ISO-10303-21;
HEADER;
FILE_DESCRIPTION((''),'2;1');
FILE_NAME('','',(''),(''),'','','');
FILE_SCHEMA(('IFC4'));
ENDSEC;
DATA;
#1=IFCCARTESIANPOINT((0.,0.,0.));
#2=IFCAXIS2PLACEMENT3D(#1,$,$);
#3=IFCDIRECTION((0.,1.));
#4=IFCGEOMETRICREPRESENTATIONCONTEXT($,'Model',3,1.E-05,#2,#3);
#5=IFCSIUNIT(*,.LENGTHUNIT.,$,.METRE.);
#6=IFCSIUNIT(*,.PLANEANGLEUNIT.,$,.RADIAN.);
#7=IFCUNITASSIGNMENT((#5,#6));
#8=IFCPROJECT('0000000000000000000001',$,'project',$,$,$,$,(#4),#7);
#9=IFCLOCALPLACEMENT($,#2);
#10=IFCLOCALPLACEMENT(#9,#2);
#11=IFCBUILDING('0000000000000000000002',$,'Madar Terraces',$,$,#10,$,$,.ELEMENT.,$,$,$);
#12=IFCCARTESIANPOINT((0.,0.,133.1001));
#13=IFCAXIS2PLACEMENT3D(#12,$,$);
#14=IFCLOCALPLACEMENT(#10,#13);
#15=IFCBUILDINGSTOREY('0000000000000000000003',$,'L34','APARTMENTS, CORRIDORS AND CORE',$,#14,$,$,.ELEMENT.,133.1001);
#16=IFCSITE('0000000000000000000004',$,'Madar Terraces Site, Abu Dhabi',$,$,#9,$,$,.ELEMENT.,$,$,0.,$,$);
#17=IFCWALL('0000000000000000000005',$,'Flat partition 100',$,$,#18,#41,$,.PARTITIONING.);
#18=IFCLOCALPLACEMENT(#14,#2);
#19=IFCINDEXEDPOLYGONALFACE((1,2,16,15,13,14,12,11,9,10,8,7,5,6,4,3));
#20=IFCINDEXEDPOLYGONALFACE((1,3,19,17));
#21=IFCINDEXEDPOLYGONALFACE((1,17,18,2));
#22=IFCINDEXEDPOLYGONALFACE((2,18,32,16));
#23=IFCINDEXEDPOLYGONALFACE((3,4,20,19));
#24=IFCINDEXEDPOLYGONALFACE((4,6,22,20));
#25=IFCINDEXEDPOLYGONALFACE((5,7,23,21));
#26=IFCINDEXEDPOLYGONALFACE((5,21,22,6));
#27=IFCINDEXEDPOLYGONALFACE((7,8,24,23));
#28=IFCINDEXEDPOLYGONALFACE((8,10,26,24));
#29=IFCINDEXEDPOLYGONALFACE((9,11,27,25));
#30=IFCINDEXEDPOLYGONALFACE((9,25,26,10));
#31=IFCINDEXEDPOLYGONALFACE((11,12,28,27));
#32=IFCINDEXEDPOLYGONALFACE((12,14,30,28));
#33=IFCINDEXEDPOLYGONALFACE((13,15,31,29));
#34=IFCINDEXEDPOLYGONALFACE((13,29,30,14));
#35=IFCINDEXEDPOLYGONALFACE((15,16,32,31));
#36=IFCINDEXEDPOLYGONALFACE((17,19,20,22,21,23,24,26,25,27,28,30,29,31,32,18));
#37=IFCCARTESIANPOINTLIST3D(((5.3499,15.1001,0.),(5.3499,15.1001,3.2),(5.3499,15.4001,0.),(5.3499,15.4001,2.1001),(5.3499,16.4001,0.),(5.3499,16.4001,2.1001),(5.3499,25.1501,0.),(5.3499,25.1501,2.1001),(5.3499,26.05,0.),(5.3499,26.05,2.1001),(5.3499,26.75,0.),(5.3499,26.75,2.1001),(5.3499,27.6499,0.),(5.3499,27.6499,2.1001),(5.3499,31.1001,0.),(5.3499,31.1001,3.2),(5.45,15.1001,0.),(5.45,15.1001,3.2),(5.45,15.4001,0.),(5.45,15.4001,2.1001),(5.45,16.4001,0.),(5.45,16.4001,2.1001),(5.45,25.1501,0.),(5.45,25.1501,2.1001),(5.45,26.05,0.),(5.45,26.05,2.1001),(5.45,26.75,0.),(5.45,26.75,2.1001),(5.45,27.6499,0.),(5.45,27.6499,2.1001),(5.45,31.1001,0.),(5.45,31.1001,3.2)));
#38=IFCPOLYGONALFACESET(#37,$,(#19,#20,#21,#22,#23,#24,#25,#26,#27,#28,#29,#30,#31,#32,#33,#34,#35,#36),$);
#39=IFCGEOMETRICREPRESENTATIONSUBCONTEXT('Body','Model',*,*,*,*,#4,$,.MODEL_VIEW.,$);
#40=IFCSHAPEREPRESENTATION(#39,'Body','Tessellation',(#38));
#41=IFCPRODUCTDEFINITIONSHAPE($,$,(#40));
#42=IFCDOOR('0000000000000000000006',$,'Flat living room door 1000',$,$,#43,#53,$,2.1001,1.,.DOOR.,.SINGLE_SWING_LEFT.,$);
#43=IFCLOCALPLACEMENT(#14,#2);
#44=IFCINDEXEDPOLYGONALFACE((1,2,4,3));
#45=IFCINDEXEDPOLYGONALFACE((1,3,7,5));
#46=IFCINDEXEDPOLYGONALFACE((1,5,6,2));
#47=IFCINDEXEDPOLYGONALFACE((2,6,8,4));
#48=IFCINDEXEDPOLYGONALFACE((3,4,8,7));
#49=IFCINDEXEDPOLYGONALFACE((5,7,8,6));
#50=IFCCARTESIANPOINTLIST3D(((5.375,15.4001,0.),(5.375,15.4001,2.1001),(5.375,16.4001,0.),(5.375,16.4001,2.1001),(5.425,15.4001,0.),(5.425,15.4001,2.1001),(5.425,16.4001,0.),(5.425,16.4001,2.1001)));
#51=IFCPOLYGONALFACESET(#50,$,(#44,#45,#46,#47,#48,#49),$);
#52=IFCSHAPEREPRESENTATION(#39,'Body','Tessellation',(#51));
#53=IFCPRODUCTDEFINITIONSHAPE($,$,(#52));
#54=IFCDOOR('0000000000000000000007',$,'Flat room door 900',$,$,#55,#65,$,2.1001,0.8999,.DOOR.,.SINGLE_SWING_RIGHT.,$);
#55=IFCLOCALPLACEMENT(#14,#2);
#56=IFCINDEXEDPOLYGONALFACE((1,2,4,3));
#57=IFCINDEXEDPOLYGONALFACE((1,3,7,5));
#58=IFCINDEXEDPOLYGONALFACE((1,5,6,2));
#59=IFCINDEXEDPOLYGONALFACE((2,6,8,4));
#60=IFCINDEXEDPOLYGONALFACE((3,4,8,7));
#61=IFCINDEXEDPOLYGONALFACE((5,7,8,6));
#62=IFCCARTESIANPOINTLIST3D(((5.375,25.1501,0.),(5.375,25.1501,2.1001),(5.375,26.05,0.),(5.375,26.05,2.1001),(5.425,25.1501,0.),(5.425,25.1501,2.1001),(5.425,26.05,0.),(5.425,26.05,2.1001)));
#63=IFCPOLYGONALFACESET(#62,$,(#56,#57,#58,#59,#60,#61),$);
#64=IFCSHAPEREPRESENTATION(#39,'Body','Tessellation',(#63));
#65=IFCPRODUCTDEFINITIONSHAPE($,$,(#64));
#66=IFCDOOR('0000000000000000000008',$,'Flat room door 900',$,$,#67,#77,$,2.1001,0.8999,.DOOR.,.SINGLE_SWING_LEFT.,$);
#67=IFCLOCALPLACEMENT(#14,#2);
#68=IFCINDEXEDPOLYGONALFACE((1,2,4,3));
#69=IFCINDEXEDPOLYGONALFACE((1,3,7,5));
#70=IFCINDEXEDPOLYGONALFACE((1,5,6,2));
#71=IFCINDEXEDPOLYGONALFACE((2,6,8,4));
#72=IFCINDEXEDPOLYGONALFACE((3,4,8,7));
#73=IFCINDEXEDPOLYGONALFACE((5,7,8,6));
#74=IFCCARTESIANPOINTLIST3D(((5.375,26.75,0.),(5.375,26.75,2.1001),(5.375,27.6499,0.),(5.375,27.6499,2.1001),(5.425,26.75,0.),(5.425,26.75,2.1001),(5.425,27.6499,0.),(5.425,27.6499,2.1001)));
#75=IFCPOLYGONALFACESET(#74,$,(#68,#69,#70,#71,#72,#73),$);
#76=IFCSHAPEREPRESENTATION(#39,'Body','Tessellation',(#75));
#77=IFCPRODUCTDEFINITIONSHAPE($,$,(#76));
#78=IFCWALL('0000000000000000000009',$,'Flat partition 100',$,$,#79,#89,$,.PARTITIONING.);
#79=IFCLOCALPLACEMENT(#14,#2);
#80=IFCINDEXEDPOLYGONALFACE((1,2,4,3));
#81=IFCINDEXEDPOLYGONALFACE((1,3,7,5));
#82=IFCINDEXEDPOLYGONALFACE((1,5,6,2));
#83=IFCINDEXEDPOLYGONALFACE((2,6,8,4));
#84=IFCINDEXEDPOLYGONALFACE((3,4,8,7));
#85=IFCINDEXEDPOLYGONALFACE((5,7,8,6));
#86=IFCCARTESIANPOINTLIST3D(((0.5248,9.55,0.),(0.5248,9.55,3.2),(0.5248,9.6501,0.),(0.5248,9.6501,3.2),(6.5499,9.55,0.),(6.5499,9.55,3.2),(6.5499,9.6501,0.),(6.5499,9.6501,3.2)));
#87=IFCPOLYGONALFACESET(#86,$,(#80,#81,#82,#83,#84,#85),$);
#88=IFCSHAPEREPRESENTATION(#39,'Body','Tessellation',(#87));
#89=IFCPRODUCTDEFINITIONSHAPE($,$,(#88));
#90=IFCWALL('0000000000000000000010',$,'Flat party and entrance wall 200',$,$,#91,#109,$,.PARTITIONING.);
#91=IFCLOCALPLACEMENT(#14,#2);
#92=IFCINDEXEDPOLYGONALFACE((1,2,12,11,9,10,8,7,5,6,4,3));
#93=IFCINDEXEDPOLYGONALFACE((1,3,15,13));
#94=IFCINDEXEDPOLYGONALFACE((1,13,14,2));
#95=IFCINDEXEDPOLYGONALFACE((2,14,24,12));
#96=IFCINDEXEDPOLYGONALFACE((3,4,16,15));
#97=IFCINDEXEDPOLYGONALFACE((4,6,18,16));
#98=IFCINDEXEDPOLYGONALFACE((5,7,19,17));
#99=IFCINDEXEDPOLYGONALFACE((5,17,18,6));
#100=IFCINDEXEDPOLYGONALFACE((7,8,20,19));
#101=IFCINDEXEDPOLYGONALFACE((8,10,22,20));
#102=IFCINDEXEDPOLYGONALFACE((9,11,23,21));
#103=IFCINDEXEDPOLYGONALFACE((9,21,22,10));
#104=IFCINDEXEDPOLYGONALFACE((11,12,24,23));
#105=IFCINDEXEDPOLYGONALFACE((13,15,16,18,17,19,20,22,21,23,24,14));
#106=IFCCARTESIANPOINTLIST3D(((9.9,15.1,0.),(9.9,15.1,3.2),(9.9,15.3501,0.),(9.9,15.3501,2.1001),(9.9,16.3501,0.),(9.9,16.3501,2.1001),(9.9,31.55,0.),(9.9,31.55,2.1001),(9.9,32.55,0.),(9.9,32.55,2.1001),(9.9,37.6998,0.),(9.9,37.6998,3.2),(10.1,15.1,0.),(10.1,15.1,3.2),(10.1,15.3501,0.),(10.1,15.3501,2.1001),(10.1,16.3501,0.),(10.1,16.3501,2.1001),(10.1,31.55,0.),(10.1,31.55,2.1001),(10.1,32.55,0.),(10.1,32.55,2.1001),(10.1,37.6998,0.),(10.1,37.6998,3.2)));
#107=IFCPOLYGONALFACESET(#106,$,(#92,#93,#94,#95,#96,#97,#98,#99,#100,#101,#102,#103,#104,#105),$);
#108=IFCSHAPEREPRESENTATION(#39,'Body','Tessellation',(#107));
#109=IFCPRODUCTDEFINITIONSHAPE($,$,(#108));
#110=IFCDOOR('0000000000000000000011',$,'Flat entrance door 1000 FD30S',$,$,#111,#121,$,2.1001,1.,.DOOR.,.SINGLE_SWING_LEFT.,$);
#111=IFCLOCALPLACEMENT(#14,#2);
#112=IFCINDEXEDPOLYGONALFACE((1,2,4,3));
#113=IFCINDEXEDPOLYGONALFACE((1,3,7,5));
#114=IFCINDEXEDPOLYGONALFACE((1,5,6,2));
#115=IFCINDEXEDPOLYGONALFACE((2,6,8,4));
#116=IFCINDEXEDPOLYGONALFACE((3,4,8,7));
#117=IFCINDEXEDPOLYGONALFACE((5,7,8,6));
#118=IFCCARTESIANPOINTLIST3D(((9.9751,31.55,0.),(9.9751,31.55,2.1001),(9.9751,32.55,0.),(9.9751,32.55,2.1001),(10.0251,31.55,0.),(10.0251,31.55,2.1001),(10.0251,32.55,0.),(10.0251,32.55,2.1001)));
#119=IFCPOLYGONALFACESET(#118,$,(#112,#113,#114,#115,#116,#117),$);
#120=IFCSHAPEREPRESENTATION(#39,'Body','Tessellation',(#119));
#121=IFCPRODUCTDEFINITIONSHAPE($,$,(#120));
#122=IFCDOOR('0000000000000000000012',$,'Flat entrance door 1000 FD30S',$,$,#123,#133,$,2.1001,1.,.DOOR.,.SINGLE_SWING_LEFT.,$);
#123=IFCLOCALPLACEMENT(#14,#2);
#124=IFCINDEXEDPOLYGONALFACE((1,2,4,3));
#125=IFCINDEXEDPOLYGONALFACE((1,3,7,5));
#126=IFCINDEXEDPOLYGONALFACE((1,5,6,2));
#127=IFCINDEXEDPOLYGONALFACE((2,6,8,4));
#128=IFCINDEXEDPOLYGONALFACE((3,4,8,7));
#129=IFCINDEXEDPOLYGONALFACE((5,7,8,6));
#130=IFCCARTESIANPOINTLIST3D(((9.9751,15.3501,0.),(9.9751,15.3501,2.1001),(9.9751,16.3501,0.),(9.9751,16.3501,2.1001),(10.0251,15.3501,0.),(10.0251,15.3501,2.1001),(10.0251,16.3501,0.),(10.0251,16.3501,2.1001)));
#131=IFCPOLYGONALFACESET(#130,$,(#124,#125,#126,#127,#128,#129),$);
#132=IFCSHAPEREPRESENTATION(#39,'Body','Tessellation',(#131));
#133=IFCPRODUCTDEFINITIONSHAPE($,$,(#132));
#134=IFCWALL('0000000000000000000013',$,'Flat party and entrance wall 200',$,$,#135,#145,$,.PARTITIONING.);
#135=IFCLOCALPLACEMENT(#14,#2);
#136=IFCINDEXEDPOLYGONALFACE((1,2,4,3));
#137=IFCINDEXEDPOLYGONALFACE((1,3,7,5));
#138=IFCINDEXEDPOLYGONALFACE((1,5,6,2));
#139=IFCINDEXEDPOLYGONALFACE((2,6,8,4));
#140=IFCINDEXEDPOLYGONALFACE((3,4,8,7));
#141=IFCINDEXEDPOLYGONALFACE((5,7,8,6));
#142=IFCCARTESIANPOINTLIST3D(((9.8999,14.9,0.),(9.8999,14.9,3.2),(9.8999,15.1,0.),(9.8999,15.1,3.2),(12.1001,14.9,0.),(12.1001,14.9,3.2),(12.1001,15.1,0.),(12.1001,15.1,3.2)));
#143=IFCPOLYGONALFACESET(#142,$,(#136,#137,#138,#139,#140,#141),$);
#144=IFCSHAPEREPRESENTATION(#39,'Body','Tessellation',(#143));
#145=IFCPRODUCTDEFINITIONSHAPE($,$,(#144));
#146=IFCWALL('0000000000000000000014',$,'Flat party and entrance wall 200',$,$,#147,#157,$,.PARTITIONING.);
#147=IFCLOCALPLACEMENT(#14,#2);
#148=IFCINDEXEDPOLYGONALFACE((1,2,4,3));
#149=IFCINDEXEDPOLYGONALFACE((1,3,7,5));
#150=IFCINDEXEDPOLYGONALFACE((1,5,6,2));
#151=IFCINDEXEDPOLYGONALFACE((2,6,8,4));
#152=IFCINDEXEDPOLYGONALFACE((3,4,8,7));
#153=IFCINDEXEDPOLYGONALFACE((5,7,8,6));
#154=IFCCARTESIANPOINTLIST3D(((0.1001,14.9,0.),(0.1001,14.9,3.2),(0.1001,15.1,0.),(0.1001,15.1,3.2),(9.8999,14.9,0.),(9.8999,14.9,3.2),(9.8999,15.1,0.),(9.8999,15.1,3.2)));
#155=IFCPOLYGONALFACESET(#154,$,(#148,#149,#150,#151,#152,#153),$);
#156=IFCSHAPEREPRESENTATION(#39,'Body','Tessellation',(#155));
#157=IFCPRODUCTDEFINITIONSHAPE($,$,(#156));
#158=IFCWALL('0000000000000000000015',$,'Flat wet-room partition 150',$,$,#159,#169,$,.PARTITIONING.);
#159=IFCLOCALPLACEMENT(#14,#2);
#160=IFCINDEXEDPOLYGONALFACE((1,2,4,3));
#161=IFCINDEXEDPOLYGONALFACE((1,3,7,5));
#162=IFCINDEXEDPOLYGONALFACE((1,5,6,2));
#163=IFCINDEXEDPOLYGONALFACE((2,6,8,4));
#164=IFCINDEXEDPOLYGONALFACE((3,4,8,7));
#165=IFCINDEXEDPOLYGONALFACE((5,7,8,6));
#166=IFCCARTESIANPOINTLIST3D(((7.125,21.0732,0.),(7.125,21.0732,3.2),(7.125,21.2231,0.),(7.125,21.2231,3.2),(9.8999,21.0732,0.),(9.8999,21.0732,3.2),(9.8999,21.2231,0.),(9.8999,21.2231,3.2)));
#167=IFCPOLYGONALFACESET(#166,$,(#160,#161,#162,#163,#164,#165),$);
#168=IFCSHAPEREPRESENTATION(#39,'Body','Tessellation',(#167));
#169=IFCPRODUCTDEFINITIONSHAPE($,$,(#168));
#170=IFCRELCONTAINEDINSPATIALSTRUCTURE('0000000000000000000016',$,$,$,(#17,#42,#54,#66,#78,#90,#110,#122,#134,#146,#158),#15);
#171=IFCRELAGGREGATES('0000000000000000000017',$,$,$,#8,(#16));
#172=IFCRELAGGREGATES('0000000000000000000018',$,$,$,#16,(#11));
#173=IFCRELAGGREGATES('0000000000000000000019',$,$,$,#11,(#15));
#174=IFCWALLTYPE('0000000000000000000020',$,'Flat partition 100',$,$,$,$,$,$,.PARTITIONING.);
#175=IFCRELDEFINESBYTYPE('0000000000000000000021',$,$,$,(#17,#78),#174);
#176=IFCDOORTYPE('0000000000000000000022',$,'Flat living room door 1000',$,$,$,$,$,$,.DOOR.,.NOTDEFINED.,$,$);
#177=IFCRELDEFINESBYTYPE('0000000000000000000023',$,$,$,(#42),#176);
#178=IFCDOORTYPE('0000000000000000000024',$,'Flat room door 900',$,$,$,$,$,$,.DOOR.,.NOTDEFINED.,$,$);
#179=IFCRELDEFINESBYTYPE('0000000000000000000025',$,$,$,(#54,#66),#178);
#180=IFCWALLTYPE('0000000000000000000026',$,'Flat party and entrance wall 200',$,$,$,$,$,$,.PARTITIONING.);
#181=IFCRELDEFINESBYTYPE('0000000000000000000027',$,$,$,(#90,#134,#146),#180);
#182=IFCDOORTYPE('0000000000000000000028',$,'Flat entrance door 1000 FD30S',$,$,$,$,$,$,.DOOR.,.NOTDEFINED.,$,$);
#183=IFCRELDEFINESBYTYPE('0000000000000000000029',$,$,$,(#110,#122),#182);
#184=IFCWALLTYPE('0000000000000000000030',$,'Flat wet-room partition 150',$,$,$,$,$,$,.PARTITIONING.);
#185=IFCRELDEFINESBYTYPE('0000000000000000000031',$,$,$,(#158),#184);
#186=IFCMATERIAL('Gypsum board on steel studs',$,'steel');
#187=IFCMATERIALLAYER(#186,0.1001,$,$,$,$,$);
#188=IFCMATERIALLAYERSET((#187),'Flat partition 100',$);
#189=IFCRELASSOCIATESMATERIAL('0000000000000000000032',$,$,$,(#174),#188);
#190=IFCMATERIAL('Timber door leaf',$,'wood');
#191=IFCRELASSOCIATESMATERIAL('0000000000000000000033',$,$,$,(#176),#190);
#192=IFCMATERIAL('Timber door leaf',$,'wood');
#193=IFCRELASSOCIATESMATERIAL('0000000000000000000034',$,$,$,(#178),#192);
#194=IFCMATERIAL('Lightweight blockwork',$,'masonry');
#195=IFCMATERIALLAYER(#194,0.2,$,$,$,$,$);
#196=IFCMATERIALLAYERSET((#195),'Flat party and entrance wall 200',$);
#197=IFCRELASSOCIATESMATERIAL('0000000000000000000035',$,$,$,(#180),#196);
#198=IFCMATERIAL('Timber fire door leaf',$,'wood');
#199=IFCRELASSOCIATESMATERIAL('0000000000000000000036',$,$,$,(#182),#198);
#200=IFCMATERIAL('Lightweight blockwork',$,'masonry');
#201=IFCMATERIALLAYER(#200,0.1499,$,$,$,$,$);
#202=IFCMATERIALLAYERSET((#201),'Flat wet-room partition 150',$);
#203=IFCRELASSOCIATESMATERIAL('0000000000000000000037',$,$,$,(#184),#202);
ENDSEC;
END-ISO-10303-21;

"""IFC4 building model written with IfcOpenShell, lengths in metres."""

from ifc_helpers import new_model, si_unit, direction, frame, frame_2d, origin, place, context, subcontext, project, spatial, rectangle, extrude, material, layer, layer_set, type_object, element, fill, save


model = new_model("IFC4")

# Units and contexts
model_context = context("Model", 3, precision=1e-05, world=origin(), true_north=direction((0.0, 1.0)))
body_context = subcontext(model_context, "Body", "Model", "MODEL_VIEW")
ifc_project = project(units=[si_unit("LENGTHUNIT", "METRE"), si_unit("PLANEANGLEUNIT", "RADIAN")], contexts=[model_context])

# Site, building, storey
site_placement = place(None, origin())
site = spatial("IfcSite", under=ifc_project, at=site_placement, Name="Madar Terraces Site, Abu Dhabi", CompositionType="ELEMENT", RefElevation=0.0)
building_placement = place(site_placement, origin())
building = spatial("IfcBuilding", under=site, at=building_placement, Name="Madar Terraces", CompositionType="ELEMENT")
storey_placement = place(building_placement, frame((0.0, 0.0, 133.1001)))
storey = spatial("IfcBuildingStorey", under=building, at=storey_placement, Name="L34", Description="APARTMENTS, CORRIDORS AND CORE", CompositionType="ELEMENT", Elevation=133.1001)

# Shared definitions
ifc_material_1 = material(Name="Gypsum board on steel studs", Category="steel")
ifc_layer_1 = layer(ifc_material_1, 0.1001)
ifc_layer_set_1 = layer_set([ifc_layer_1], Name="Flat partition 100")
wall_type_1 = type_object("IfcWallType", Name="Flat partition 100", PredefinedType="PARTITIONING", material=ifc_layer_set_1)

# Wall, openings, doors
wall_1_placement = place(storey_placement, frame((5.3999, 15.1001, 0.0), z_axis=(0.0, 0.0, 1.0), x_axis=(0.0, 1.0, 0.0)))
wall_1 = element("IfcWall", 1, at=wall_1_placement, inside=storey, type_object=wall_type_1, Name="Flat partition 100", PredefinedType="PARTITIONING", context=body_context, shape_type="SweptSolid", body=[
    extrude(rectangle(XDim=16.0, YDim=0.1001, at=frame_2d((8.0, 0.0))), origin(), (0.0, 0.0, 1.0), 3.2),
])
opening_1_placement = place(wall_1_placement, frame((0.3, 0.0, 0.0)))
opening_1 = element("IfcOpeningElement", 2, at=opening_1_placement, cuts=wall_1, PredefinedType="OPENING", context=body_context, shape_type="SweptSolid", body=[
    extrude(rectangle(XDim=1.0, YDim=2.1001, at=frame_2d((0.5, 1.05))), frame((0.0, 0.0601, 0.0), z_axis=(0.0, -1.0, 0.0), x_axis=(1.0, 0.0, 0.0)), (0.0, 0.0, 1.0), 0.1201),
])
opening_2_placement = place(wall_1_placement, frame((10.05, 0.0, 0.0)))
opening_2 = element("IfcOpeningElement", 3, at=opening_2_placement, cuts=wall_1, PredefinedType="OPENING", context=body_context, shape_type="SweptSolid", body=[
    extrude(rectangle(XDim=0.8999, YDim=2.1001, at=frame_2d((0.45, 1.05))), frame((0.0, 0.0601, 0.0), z_axis=(0.0, -1.0, 0.0), x_axis=(1.0, 0.0, 0.0)), (0.0, 0.0, 1.0), 0.1201),
])
opening_3_placement = place(wall_1_placement, frame((11.6499, 0.0, 0.0)))
opening_3 = element("IfcOpeningElement", 4, at=opening_3_placement, cuts=wall_1, PredefinedType="OPENING", context=body_context, shape_type="SweptSolid", body=[
    extrude(rectangle(XDim=0.8999, YDim=2.1001, at=frame_2d((0.45, 1.05))), frame((0.0, 0.0601, 0.0), z_axis=(0.0, -1.0, 0.0), x_axis=(1.0, 0.0, 0.0)), (0.0, 0.0, 1.0), 0.1201),
])
ifc_material_2 = material(Name="Timber door leaf", Category="wood")
door_type_1 = type_object("IfcDoorType", Name="Flat living room door 1000", OperationType="NOTDEFINED", PredefinedType="DOOR", material=ifc_material_2)
door_1_placement = place(opening_1_placement, origin())
door_1 = element("IfcDoor", 5, at=door_1_placement, inside=storey, type_object=door_type_1, Name="Flat living room door 1000", OperationType="SINGLE_SWING_LEFT", OverallHeight=2.1001, OverallWidth=1.0, PredefinedType="DOOR", context=body_context, shape_type="SweptSolid", body=[
    extrude(rectangle(XDim=1.0, YDim=2.1001, at=frame_2d((0.5, 1.05))), frame((0.0, 0.0249, 0.0), z_axis=(0.0, -1.0, 0.0), x_axis=(1.0, 0.0, 0.0)), (0.0, 0.0, 1.0), 0.05),
])
fill(opening_1, door_1)
ifc_material_3 = material(Name="Timber door leaf", Category="wood")
door_type_2 = type_object("IfcDoorType", Name="Flat room door 900", OperationType="NOTDEFINED", PredefinedType="DOOR", material=ifc_material_3)
door_2_placement = place(opening_2_placement, origin())
door_2 = element("IfcDoor", 6, at=door_2_placement, inside=storey, type_object=door_type_2, Name="Flat room door 900", OperationType="SINGLE_SWING_RIGHT", OverallHeight=2.1001, OverallWidth=0.8999, PredefinedType="DOOR", context=body_context, shape_type="SweptSolid", body=[
    extrude(rectangle(XDim=0.8999, YDim=2.1001, at=frame_2d((0.45, 1.05))), frame((0.0, 0.0249, 0.0), z_axis=(0.0, -1.0, 0.0), x_axis=(1.0, 0.0, 0.0)), (0.0, 0.0, 1.0), 0.05),
])
fill(opening_2, door_2)
door_3_placement = place(opening_3_placement, origin())
door_3 = element("IfcDoor", 7, at=door_3_placement, inside=storey, type_object=door_type_2, Name="Flat room door 900", OperationType="SINGLE_SWING_LEFT", OverallHeight=2.1001, OverallWidth=0.8999, PredefinedType="DOOR", context=body_context, shape_type="SweptSolid", body=[
    extrude(rectangle(XDim=0.8999, YDim=2.1001, at=frame_2d((0.45, 1.05))), frame((0.0, 0.0249, 0.0), z_axis=(0.0, -1.0, 0.0), x_axis=(1.0, 0.0, 0.0)), (0.0, 0.0, 1.0), 0.05),
])
fill(opening_3, door_3)

# Wall
wall_2_placement = place(storey_placement, frame((6.55, 9.6001, 0.0), z_axis=(0.0, 0.0, 1.0), x_axis=(-1.0, 0.0, 0.0)))
element("IfcWall", 8, at=wall_2_placement, inside=storey, type_object=wall_type_1, Name="Flat partition 100", PredefinedType="PARTITIONING", context=body_context, shape_type="SweptSolid", body=[
    extrude(rectangle(XDim=6.0251, YDim=0.1001, at=frame_2d((3.0127, 0.0))), origin(), (0.0, 0.0, 1.0), 3.2),
])

# Wall, openings, doors
ifc_material_4 = material(Name="Lightweight blockwork", Category="masonry")
ifc_layer_2 = layer(ifc_material_4, 0.2)
ifc_layer_set_2 = layer_set([ifc_layer_2], Name="Flat party and entrance wall 200")
wall_type_2 = type_object("IfcWallType", Name="Flat party and entrance wall 200", PredefinedType="PARTITIONING", material=ifc_layer_set_2)
wall_3_placement = place(storey_placement, frame((10.0, 15.1001, 0.0), z_axis=(0.0, 0.0, 1.0), x_axis=(0.0, 1.0, 0.0)))
wall_3 = element("IfcWall", 9, at=wall_3_placement, inside=storey, type_object=wall_type_2, Name="Flat party and entrance wall 200", PredefinedType="PARTITIONING", context=body_context, shape_type="SweptSolid", body=[
    extrude(rectangle(XDim=22.5999, YDim=0.2, at=frame_2d((11.2998, 0.0))), origin(), (0.0, 0.0, 1.0), 3.2),
])
opening_4_placement = place(wall_3_placement, frame((16.45, 0.0, 0.0)))
opening_4 = element("IfcOpeningElement", 10, at=opening_4_placement, cuts=wall_3, PredefinedType="OPENING", context=body_context, shape_type="SweptSolid", body=[
    extrude(rectangle(XDim=1.0, YDim=2.1001, at=frame_2d((0.5, 1.05))), frame((0.0, 0.1099, 0.0), z_axis=(0.0, -1.0, 0.0), x_axis=(1.0, 0.0, 0.0)), (0.0, 0.0, 1.0), 0.22),
])
opening_5_placement = place(wall_3_placement, frame((0.25, 0.0, 0.0)))
opening_5 = element("IfcOpeningElement", 11, at=opening_5_placement, cuts=wall_3, PredefinedType="OPENING", context=body_context, shape_type="SweptSolid", body=[
    extrude(rectangle(XDim=1.0, YDim=2.1001, at=frame_2d((0.5, 1.05))), frame((0.0, 0.1099, 0.0), z_axis=(0.0, -1.0, 0.0), x_axis=(1.0, 0.0, 0.0)), (0.0, 0.0, 1.0), 0.22),
])
ifc_material_5 = material(Name="Timber fire door leaf", Category="wood")
door_type_3 = type_object("IfcDoorType", Name="Flat entrance door 1000 FD30S", OperationType="NOTDEFINED", PredefinedType="DOOR", material=ifc_material_5)
door_4_placement = place(opening_4_placement, origin())
door_4 = element("IfcDoor", 12, at=door_4_placement, inside=storey, type_object=door_type_3, Name="Flat entrance door 1000 FD30S", OperationType="SINGLE_SWING_LEFT", OverallHeight=2.1001, OverallWidth=1.0, PredefinedType="DOOR", context=body_context, shape_type="SweptSolid", body=[
    extrude(rectangle(XDim=1.0, YDim=2.1001, at=frame_2d((0.5, 1.05))), frame((0.0, 0.0249, 0.0), z_axis=(0.0, -1.0, 0.0), x_axis=(1.0, 0.0, 0.0)), (0.0, 0.0, 1.0), 0.05),
])
fill(opening_4, door_4)
door_5_placement = place(opening_5_placement, origin())
door_5 = element("IfcDoor", 13, at=door_5_placement, inside=storey, type_object=door_type_3, Name="Flat entrance door 1000 FD30S", OperationType="SINGLE_SWING_LEFT", OverallHeight=2.1001, OverallWidth=1.0, PredefinedType="DOOR", context=body_context, shape_type="SweptSolid", body=[
    extrude(rectangle(XDim=1.0, YDim=2.1001, at=frame_2d((0.5, 1.05))), frame((0.0, 0.0249, 0.0), z_axis=(0.0, -1.0, 0.0), x_axis=(1.0, 0.0, 0.0)), (0.0, 0.0, 1.0), 0.05),
])
fill(opening_5, door_5)

# Walls
wall_4_placement = place(storey_placement, frame((9.8999, 15.0, 0.0), z_axis=(0.0, 0.0, 1.0), x_axis=(1.0, 0.0, 0.0)))
element("IfcWall", 14, at=wall_4_placement, inside=storey, type_object=wall_type_2, Name="Flat party and entrance wall 200", PredefinedType="PARTITIONING", context=body_context, shape_type="SweptSolid", body=[
    extrude(rectangle(XDim=2.2002, YDim=0.2, at=frame_2d((1.1001, 0.0))), origin(), (0.0, 0.0, 1.0), 3.2),
])
wall_5_placement = place(storey_placement, frame((0.1001, 15.0, 0.0), z_axis=(0.0, 0.0, 1.0), x_axis=(1.0, 0.0, 0.0)))
element("IfcWall", 15, at=wall_5_placement, inside=storey, type_object=wall_type_2, Name="Flat party and entrance wall 200", PredefinedType="PARTITIONING", context=body_context, shape_type="SweptSolid", body=[
    extrude(rectangle(XDim=9.7998, YDim=0.2, at=frame_2d((4.8999, 0.0))), origin(), (0.0, 0.0, 1.0), 3.2),
])
ifc_material_6 = material(Name="Lightweight blockwork", Category="masonry")
ifc_layer_3 = layer(ifc_material_6, 0.1499)
ifc_layer_set_3 = layer_set([ifc_layer_3], Name="Flat wet-room partition 150")
wall_type_3 = type_object("IfcWallType", Name="Flat wet-room partition 150", PredefinedType="PARTITIONING", material=ifc_layer_set_3)
wall_6_placement = place(storey_placement, frame((9.8999, 21.1482, 0.0), z_axis=(0.0, 0.0, 1.0), x_axis=(-1.0, 0.0, 0.0)))
element("IfcWall", 16, at=wall_6_placement, inside=storey, type_object=wall_type_3, Name="Flat wet-room partition 150", PredefinedType="PARTITIONING", context=body_context, shape_type="SweptSolid", body=[
    extrude(rectangle(XDim=2.7749, YDim=0.1499, at=frame_2d((1.3875, 0.0))), origin(), (0.0, 0.0, 1.0), 3.2),
])

save(model, "model.ifc")
